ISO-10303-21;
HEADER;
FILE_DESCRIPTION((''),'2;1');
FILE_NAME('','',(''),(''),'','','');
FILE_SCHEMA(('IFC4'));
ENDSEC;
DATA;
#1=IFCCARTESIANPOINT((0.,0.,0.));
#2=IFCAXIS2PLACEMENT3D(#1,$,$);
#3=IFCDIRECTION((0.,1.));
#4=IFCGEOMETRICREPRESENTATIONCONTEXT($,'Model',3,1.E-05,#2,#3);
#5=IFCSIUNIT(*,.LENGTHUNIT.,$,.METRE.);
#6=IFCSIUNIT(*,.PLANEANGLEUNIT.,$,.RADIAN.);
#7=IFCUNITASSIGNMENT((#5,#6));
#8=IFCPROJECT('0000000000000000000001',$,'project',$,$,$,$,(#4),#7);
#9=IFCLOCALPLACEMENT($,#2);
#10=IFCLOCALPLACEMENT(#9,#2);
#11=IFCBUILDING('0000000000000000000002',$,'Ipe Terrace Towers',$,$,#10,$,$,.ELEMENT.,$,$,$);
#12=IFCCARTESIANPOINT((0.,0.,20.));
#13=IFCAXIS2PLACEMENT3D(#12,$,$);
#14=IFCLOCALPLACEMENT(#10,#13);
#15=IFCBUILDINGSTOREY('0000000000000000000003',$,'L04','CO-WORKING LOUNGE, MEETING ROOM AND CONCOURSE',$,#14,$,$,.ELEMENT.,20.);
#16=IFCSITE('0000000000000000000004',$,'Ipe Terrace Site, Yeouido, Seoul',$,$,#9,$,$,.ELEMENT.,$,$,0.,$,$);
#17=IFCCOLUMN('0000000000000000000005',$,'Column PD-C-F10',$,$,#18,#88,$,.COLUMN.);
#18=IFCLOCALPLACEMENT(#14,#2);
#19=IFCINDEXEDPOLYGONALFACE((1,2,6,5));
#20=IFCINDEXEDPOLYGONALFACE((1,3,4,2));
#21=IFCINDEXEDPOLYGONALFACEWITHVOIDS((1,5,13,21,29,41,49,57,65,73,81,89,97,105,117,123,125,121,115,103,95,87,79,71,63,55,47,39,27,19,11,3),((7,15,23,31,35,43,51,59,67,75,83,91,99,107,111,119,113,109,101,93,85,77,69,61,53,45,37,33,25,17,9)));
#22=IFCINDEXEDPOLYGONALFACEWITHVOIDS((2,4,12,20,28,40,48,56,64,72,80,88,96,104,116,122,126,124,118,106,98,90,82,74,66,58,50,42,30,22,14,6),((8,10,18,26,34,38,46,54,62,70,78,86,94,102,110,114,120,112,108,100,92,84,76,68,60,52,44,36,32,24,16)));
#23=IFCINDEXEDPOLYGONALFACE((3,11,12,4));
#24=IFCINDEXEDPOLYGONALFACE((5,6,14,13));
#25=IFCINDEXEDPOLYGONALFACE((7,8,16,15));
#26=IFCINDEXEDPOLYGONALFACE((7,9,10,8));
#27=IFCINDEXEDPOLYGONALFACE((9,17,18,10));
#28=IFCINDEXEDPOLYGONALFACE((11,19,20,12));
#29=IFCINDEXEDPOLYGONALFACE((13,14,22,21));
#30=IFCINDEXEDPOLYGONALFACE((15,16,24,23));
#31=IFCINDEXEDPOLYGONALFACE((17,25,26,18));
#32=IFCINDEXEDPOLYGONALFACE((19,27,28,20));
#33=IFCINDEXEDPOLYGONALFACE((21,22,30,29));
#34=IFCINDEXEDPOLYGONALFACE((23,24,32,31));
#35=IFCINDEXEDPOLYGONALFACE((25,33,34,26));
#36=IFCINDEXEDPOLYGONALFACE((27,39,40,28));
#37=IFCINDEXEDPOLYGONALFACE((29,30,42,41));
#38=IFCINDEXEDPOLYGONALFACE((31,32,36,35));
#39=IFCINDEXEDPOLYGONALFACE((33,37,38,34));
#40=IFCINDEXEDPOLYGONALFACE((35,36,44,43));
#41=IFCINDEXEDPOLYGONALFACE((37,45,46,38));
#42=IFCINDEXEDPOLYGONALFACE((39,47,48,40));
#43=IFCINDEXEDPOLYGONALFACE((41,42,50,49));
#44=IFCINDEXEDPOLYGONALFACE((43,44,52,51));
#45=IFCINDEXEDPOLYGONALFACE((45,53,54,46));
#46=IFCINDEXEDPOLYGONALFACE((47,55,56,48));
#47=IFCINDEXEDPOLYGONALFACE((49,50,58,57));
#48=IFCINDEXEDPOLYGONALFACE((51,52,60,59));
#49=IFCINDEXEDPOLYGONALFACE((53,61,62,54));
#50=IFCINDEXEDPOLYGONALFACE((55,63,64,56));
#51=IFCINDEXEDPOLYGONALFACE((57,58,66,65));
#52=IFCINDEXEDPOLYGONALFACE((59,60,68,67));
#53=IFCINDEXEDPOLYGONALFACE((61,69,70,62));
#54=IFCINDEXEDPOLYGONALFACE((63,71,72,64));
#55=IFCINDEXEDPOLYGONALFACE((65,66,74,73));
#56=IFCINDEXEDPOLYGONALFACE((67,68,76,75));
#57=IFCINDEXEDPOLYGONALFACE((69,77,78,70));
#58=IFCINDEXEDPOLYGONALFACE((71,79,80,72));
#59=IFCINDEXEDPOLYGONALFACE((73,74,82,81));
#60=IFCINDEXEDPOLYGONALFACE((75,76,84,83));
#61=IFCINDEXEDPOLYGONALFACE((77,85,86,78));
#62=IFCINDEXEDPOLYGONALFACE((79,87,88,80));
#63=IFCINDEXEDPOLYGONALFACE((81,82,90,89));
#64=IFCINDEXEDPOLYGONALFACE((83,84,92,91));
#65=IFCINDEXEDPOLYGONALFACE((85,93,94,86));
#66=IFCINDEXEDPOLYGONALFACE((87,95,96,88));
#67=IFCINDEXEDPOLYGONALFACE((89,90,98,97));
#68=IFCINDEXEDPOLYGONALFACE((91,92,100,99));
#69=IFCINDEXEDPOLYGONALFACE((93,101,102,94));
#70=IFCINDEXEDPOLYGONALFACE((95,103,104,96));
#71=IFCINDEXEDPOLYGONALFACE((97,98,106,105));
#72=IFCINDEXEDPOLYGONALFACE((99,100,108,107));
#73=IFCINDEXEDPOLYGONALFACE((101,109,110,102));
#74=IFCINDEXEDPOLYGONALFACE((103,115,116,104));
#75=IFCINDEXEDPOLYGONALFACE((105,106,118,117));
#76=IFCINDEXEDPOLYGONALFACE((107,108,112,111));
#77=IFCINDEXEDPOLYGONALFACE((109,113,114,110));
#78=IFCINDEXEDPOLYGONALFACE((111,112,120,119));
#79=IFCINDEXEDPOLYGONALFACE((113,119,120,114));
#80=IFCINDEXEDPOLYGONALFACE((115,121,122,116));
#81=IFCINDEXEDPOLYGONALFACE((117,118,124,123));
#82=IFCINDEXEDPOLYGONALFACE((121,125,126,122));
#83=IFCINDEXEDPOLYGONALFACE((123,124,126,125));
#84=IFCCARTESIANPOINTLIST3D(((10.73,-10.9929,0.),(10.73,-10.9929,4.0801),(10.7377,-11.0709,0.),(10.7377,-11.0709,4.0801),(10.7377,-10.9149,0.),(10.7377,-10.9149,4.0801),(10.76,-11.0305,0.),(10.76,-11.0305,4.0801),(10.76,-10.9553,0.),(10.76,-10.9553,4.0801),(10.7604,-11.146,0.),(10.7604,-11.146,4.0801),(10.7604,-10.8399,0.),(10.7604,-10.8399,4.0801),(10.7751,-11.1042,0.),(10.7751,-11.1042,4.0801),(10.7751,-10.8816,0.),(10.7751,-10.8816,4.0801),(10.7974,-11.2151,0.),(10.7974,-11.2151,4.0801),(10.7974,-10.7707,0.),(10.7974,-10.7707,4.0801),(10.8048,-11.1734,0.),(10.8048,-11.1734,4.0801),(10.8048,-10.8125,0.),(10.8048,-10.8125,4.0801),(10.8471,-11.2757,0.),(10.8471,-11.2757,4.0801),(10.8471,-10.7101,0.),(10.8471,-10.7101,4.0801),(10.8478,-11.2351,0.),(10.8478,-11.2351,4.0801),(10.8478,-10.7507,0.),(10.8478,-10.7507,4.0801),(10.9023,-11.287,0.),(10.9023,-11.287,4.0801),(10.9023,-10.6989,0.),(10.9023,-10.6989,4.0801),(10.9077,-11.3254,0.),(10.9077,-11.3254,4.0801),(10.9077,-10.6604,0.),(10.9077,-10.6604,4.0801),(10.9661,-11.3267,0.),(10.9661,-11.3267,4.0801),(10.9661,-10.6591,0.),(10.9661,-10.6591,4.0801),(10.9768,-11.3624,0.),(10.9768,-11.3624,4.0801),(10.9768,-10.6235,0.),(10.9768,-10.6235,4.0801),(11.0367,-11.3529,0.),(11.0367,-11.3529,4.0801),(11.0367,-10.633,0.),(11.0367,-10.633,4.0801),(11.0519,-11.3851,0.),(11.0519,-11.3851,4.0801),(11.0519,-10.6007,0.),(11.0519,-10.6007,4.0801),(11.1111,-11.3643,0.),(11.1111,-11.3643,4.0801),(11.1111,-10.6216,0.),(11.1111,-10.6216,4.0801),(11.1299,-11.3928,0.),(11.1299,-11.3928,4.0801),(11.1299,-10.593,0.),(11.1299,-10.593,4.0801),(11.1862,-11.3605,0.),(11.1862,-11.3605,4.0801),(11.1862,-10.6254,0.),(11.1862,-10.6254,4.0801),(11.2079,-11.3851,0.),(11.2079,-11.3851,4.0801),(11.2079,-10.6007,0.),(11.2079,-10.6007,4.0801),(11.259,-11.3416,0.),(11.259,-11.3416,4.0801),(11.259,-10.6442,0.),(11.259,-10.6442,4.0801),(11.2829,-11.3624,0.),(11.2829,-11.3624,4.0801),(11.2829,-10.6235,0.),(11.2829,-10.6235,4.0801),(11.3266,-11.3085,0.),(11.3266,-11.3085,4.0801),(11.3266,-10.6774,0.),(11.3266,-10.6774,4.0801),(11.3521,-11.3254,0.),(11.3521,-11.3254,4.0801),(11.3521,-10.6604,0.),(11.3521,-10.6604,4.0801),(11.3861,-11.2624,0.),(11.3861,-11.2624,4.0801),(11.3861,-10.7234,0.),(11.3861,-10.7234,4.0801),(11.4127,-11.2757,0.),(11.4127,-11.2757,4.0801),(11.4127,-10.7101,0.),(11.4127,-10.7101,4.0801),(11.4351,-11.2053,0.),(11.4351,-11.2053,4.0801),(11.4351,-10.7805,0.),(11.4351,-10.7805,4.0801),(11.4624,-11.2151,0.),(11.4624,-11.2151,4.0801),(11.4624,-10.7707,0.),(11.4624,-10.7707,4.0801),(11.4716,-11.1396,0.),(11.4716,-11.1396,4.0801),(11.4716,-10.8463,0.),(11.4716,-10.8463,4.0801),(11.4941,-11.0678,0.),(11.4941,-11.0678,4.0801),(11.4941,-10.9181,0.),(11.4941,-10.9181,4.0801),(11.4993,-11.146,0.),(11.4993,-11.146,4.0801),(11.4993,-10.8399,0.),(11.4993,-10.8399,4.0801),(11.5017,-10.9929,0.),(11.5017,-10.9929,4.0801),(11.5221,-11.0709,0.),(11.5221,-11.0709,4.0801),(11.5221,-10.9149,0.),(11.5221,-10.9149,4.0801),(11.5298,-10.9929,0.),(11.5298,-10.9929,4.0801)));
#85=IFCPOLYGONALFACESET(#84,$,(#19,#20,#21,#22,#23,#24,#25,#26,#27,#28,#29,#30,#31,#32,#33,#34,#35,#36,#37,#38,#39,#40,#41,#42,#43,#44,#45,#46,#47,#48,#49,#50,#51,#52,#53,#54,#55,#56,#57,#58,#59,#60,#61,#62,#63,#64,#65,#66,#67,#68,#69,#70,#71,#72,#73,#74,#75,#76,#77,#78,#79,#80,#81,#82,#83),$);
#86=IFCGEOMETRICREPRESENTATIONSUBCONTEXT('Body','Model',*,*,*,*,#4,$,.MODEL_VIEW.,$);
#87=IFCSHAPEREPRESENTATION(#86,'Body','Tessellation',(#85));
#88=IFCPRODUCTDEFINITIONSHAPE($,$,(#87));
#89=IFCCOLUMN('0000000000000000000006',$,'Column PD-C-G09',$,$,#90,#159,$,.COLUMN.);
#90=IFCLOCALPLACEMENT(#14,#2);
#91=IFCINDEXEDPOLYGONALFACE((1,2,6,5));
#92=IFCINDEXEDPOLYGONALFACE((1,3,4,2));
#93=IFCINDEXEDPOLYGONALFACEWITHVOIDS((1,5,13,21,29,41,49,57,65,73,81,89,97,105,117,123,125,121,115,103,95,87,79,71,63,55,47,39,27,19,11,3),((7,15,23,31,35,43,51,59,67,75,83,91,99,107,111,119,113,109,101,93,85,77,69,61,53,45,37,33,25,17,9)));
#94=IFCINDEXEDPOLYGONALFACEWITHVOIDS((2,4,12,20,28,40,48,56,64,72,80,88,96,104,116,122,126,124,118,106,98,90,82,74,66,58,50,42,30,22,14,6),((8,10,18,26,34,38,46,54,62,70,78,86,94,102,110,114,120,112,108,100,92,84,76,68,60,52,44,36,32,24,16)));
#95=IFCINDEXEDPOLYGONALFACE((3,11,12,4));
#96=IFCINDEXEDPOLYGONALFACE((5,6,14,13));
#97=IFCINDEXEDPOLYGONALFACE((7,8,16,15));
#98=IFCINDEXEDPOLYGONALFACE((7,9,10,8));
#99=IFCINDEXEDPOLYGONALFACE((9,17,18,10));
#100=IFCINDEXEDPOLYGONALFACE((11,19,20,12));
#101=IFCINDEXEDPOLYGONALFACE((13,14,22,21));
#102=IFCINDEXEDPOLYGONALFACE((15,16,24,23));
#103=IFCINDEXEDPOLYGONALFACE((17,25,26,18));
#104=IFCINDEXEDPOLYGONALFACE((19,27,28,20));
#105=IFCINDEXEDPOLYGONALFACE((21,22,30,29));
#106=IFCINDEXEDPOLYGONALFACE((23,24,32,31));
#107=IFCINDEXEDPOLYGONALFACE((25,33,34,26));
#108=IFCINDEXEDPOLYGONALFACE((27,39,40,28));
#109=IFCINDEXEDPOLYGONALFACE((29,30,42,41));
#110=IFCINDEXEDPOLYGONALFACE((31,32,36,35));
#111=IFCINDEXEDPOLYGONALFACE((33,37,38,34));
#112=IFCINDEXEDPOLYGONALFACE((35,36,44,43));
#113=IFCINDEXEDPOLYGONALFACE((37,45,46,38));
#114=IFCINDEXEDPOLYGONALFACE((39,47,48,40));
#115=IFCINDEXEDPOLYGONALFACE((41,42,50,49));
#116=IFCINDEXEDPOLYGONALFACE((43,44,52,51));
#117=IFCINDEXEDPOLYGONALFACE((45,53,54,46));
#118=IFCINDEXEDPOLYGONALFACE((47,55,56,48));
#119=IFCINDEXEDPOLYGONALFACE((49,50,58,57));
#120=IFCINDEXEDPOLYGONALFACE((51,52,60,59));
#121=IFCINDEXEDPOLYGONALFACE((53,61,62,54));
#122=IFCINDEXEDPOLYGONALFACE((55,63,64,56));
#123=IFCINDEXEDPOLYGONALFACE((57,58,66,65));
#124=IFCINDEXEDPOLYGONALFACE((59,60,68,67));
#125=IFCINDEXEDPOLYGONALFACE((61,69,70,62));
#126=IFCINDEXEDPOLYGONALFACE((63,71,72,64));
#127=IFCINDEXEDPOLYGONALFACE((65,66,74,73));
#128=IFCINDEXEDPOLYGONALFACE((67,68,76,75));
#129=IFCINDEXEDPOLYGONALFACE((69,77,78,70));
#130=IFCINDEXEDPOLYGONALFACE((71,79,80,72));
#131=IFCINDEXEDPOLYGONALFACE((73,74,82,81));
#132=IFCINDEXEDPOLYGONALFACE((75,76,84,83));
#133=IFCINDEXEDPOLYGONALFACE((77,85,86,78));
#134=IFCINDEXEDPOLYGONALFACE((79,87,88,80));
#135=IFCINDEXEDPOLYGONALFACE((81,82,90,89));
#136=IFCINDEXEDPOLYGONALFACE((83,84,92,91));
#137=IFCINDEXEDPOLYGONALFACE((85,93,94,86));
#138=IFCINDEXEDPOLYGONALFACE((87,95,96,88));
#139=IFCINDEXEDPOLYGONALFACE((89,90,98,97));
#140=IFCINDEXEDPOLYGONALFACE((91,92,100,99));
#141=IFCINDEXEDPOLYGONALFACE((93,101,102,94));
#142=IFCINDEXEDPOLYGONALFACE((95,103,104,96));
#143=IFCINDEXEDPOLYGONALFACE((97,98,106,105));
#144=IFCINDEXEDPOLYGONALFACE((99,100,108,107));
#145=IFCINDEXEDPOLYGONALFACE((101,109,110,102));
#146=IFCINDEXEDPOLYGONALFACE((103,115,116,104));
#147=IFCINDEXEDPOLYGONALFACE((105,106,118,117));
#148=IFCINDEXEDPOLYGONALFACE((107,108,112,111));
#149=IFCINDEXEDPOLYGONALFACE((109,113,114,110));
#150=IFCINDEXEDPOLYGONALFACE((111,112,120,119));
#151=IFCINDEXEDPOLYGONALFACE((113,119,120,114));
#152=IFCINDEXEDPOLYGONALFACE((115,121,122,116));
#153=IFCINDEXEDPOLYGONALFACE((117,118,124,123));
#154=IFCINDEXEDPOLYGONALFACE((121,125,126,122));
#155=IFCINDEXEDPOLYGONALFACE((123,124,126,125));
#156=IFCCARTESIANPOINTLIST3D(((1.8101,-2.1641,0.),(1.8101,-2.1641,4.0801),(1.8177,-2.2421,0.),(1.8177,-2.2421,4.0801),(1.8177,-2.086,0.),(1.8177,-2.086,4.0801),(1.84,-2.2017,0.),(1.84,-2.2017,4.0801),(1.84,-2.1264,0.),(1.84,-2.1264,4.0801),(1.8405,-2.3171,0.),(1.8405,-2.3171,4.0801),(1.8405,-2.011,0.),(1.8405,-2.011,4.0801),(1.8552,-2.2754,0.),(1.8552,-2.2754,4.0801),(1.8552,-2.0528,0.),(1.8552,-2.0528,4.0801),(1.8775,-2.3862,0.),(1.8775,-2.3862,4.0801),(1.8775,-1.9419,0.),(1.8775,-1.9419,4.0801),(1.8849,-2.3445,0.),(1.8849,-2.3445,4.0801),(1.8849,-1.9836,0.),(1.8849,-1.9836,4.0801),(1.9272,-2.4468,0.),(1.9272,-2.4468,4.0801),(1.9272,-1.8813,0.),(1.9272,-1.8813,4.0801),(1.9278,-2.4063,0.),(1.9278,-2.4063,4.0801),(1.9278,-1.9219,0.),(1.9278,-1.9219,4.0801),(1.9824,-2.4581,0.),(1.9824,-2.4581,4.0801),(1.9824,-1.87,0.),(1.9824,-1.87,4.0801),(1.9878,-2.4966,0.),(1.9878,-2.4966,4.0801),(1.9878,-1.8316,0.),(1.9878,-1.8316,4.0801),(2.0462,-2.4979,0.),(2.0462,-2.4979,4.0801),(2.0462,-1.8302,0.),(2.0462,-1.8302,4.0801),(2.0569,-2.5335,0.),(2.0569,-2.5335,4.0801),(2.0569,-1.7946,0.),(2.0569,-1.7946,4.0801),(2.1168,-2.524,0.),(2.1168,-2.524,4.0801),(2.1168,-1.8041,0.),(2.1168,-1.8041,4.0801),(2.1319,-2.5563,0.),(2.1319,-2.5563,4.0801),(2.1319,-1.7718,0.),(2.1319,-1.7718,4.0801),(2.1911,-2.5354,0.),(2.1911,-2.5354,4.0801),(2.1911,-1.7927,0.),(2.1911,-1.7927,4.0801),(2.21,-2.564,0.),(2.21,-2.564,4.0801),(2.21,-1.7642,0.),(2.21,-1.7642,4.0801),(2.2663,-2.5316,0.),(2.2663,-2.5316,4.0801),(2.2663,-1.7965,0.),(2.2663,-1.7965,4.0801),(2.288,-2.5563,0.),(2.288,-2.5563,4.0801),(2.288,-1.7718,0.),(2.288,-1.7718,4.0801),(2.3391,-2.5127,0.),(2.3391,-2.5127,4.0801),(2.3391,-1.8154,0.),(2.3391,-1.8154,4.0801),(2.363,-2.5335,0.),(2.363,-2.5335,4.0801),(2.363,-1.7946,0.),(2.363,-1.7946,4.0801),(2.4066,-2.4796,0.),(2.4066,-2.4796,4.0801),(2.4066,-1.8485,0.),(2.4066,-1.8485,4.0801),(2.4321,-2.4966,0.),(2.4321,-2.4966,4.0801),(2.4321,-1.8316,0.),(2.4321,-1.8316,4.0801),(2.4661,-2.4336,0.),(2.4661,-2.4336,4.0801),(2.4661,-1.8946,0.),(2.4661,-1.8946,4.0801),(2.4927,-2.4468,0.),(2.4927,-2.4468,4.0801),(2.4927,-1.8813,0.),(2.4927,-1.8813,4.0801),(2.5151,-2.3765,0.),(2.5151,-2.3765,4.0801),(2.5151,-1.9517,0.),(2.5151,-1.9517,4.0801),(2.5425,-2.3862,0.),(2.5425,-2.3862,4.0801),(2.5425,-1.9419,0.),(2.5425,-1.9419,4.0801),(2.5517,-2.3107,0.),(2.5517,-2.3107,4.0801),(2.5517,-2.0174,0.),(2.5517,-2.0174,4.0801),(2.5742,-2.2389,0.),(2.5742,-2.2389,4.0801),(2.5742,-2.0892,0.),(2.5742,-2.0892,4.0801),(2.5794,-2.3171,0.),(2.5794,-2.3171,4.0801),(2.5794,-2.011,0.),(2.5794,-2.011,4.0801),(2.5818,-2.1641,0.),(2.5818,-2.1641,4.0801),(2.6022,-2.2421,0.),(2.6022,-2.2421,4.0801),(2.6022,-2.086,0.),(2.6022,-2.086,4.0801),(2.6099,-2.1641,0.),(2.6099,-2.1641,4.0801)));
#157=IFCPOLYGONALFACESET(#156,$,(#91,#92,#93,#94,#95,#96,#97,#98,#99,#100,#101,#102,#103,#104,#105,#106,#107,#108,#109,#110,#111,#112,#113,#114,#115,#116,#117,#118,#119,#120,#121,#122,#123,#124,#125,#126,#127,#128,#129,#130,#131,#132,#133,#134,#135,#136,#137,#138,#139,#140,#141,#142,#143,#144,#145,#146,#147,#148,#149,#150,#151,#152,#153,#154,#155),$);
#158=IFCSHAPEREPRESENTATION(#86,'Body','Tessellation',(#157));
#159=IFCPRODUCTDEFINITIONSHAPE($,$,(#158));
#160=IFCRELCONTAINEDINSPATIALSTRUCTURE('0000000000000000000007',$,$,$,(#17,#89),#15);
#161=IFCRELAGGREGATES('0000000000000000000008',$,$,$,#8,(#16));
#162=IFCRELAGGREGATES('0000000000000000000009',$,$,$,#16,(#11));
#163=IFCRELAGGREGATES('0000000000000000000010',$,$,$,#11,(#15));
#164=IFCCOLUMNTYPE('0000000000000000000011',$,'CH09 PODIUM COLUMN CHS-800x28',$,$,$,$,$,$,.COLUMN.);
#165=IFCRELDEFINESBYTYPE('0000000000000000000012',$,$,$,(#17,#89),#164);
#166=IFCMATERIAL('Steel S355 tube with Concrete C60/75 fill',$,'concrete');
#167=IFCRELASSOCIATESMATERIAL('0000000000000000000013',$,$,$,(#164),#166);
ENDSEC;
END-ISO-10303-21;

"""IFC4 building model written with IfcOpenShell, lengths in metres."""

from ifc_helpers import new_model, si_unit, direction, frame, origin, origin_2d, place, context, subcontext, project, spatial, hollow_circle, extrude, material, material_profile, profile_set, type_object, element, save


model = new_model("IFC4")

# Units and contexts
model_context = context("Model", 3, precision=1e-05, world=origin(), true_north=direction((0.0, 1.0)))
body_context = subcontext(model_context, "Body", "Model", "MODEL_VIEW")
ifc_project = project(units=[si_unit("LENGTHUNIT", "METRE"), si_unit("PLANEANGLEUNIT", "RADIAN")], contexts=[model_context])

# Site, building, storey
site_placement = place(None, origin())
site = spatial("IfcSite", under=ifc_project, at=site_placement, Name="Ipe Terrace Site, Yeouido, Seoul", CompositionType="ELEMENT", RefElevation=0.0)
building_placement = place(site_placement, origin())
building = spatial("IfcBuilding", under=site, at=building_placement, Name="Ipe Terrace Towers", CompositionType="ELEMENT")
storey_placement = place(building_placement, frame((0.0, 0.0, 20.0)))
storey = spatial("IfcBuildingStorey", under=building, at=storey_placement, Name="L04", Description="CO-WORKING LOUNGE, MEETING ROOM AND CONCOURSE", CompositionType="ELEMENT", Elevation=20.0)

# Columns
ifc_material_1 = material(Name="Steel S355 tube with Concrete C60/75 fill", Category="concrete")
ifc_material_profile = material_profile(ifc_material_1, hollow_circle(Radius=0.3999, WallThickness=0.0281, at=origin_2d()), Name="CHS-800x28")
ifc_profile_set = profile_set([ifc_material_profile], Name="Steel S355 tube with Concrete C60/75 fill")
column_type = type_object("IfcColumnType", Name="CH09 PODIUM COLUMN CHS-800x28", PredefinedType="COLUMN", material=ifc_profile_set)
for number, where, z_axis, x_axis, name in (
    (1, (11.1299, -10.9929, 0.0), (0.0, 0.0, 1.0), (1.0, 0.0, 0.0), "Column PD-C-F10"),
    (2, (2.21, -2.1641, 0.0), (0.0, 0.0, 1.0), (1.0, 0.0, 0.0), "Column PD-C-G09"),
):
    element("IfcColumn", number, at=place(storey_placement, frame(where, z_axis=z_axis, x_axis=x_axis)), inside=storey, type_object=column_type, Name=name, PredefinedType="COLUMN", context=body_context, shape_type="SweptSolid", body=[
        extrude(hollow_circle(Radius=0.3999, WallThickness=0.0281, at=origin_2d()), origin(), (0.0, 0.0, 1.0), 4.0801),
    ])

save(model, "model.ifc")
